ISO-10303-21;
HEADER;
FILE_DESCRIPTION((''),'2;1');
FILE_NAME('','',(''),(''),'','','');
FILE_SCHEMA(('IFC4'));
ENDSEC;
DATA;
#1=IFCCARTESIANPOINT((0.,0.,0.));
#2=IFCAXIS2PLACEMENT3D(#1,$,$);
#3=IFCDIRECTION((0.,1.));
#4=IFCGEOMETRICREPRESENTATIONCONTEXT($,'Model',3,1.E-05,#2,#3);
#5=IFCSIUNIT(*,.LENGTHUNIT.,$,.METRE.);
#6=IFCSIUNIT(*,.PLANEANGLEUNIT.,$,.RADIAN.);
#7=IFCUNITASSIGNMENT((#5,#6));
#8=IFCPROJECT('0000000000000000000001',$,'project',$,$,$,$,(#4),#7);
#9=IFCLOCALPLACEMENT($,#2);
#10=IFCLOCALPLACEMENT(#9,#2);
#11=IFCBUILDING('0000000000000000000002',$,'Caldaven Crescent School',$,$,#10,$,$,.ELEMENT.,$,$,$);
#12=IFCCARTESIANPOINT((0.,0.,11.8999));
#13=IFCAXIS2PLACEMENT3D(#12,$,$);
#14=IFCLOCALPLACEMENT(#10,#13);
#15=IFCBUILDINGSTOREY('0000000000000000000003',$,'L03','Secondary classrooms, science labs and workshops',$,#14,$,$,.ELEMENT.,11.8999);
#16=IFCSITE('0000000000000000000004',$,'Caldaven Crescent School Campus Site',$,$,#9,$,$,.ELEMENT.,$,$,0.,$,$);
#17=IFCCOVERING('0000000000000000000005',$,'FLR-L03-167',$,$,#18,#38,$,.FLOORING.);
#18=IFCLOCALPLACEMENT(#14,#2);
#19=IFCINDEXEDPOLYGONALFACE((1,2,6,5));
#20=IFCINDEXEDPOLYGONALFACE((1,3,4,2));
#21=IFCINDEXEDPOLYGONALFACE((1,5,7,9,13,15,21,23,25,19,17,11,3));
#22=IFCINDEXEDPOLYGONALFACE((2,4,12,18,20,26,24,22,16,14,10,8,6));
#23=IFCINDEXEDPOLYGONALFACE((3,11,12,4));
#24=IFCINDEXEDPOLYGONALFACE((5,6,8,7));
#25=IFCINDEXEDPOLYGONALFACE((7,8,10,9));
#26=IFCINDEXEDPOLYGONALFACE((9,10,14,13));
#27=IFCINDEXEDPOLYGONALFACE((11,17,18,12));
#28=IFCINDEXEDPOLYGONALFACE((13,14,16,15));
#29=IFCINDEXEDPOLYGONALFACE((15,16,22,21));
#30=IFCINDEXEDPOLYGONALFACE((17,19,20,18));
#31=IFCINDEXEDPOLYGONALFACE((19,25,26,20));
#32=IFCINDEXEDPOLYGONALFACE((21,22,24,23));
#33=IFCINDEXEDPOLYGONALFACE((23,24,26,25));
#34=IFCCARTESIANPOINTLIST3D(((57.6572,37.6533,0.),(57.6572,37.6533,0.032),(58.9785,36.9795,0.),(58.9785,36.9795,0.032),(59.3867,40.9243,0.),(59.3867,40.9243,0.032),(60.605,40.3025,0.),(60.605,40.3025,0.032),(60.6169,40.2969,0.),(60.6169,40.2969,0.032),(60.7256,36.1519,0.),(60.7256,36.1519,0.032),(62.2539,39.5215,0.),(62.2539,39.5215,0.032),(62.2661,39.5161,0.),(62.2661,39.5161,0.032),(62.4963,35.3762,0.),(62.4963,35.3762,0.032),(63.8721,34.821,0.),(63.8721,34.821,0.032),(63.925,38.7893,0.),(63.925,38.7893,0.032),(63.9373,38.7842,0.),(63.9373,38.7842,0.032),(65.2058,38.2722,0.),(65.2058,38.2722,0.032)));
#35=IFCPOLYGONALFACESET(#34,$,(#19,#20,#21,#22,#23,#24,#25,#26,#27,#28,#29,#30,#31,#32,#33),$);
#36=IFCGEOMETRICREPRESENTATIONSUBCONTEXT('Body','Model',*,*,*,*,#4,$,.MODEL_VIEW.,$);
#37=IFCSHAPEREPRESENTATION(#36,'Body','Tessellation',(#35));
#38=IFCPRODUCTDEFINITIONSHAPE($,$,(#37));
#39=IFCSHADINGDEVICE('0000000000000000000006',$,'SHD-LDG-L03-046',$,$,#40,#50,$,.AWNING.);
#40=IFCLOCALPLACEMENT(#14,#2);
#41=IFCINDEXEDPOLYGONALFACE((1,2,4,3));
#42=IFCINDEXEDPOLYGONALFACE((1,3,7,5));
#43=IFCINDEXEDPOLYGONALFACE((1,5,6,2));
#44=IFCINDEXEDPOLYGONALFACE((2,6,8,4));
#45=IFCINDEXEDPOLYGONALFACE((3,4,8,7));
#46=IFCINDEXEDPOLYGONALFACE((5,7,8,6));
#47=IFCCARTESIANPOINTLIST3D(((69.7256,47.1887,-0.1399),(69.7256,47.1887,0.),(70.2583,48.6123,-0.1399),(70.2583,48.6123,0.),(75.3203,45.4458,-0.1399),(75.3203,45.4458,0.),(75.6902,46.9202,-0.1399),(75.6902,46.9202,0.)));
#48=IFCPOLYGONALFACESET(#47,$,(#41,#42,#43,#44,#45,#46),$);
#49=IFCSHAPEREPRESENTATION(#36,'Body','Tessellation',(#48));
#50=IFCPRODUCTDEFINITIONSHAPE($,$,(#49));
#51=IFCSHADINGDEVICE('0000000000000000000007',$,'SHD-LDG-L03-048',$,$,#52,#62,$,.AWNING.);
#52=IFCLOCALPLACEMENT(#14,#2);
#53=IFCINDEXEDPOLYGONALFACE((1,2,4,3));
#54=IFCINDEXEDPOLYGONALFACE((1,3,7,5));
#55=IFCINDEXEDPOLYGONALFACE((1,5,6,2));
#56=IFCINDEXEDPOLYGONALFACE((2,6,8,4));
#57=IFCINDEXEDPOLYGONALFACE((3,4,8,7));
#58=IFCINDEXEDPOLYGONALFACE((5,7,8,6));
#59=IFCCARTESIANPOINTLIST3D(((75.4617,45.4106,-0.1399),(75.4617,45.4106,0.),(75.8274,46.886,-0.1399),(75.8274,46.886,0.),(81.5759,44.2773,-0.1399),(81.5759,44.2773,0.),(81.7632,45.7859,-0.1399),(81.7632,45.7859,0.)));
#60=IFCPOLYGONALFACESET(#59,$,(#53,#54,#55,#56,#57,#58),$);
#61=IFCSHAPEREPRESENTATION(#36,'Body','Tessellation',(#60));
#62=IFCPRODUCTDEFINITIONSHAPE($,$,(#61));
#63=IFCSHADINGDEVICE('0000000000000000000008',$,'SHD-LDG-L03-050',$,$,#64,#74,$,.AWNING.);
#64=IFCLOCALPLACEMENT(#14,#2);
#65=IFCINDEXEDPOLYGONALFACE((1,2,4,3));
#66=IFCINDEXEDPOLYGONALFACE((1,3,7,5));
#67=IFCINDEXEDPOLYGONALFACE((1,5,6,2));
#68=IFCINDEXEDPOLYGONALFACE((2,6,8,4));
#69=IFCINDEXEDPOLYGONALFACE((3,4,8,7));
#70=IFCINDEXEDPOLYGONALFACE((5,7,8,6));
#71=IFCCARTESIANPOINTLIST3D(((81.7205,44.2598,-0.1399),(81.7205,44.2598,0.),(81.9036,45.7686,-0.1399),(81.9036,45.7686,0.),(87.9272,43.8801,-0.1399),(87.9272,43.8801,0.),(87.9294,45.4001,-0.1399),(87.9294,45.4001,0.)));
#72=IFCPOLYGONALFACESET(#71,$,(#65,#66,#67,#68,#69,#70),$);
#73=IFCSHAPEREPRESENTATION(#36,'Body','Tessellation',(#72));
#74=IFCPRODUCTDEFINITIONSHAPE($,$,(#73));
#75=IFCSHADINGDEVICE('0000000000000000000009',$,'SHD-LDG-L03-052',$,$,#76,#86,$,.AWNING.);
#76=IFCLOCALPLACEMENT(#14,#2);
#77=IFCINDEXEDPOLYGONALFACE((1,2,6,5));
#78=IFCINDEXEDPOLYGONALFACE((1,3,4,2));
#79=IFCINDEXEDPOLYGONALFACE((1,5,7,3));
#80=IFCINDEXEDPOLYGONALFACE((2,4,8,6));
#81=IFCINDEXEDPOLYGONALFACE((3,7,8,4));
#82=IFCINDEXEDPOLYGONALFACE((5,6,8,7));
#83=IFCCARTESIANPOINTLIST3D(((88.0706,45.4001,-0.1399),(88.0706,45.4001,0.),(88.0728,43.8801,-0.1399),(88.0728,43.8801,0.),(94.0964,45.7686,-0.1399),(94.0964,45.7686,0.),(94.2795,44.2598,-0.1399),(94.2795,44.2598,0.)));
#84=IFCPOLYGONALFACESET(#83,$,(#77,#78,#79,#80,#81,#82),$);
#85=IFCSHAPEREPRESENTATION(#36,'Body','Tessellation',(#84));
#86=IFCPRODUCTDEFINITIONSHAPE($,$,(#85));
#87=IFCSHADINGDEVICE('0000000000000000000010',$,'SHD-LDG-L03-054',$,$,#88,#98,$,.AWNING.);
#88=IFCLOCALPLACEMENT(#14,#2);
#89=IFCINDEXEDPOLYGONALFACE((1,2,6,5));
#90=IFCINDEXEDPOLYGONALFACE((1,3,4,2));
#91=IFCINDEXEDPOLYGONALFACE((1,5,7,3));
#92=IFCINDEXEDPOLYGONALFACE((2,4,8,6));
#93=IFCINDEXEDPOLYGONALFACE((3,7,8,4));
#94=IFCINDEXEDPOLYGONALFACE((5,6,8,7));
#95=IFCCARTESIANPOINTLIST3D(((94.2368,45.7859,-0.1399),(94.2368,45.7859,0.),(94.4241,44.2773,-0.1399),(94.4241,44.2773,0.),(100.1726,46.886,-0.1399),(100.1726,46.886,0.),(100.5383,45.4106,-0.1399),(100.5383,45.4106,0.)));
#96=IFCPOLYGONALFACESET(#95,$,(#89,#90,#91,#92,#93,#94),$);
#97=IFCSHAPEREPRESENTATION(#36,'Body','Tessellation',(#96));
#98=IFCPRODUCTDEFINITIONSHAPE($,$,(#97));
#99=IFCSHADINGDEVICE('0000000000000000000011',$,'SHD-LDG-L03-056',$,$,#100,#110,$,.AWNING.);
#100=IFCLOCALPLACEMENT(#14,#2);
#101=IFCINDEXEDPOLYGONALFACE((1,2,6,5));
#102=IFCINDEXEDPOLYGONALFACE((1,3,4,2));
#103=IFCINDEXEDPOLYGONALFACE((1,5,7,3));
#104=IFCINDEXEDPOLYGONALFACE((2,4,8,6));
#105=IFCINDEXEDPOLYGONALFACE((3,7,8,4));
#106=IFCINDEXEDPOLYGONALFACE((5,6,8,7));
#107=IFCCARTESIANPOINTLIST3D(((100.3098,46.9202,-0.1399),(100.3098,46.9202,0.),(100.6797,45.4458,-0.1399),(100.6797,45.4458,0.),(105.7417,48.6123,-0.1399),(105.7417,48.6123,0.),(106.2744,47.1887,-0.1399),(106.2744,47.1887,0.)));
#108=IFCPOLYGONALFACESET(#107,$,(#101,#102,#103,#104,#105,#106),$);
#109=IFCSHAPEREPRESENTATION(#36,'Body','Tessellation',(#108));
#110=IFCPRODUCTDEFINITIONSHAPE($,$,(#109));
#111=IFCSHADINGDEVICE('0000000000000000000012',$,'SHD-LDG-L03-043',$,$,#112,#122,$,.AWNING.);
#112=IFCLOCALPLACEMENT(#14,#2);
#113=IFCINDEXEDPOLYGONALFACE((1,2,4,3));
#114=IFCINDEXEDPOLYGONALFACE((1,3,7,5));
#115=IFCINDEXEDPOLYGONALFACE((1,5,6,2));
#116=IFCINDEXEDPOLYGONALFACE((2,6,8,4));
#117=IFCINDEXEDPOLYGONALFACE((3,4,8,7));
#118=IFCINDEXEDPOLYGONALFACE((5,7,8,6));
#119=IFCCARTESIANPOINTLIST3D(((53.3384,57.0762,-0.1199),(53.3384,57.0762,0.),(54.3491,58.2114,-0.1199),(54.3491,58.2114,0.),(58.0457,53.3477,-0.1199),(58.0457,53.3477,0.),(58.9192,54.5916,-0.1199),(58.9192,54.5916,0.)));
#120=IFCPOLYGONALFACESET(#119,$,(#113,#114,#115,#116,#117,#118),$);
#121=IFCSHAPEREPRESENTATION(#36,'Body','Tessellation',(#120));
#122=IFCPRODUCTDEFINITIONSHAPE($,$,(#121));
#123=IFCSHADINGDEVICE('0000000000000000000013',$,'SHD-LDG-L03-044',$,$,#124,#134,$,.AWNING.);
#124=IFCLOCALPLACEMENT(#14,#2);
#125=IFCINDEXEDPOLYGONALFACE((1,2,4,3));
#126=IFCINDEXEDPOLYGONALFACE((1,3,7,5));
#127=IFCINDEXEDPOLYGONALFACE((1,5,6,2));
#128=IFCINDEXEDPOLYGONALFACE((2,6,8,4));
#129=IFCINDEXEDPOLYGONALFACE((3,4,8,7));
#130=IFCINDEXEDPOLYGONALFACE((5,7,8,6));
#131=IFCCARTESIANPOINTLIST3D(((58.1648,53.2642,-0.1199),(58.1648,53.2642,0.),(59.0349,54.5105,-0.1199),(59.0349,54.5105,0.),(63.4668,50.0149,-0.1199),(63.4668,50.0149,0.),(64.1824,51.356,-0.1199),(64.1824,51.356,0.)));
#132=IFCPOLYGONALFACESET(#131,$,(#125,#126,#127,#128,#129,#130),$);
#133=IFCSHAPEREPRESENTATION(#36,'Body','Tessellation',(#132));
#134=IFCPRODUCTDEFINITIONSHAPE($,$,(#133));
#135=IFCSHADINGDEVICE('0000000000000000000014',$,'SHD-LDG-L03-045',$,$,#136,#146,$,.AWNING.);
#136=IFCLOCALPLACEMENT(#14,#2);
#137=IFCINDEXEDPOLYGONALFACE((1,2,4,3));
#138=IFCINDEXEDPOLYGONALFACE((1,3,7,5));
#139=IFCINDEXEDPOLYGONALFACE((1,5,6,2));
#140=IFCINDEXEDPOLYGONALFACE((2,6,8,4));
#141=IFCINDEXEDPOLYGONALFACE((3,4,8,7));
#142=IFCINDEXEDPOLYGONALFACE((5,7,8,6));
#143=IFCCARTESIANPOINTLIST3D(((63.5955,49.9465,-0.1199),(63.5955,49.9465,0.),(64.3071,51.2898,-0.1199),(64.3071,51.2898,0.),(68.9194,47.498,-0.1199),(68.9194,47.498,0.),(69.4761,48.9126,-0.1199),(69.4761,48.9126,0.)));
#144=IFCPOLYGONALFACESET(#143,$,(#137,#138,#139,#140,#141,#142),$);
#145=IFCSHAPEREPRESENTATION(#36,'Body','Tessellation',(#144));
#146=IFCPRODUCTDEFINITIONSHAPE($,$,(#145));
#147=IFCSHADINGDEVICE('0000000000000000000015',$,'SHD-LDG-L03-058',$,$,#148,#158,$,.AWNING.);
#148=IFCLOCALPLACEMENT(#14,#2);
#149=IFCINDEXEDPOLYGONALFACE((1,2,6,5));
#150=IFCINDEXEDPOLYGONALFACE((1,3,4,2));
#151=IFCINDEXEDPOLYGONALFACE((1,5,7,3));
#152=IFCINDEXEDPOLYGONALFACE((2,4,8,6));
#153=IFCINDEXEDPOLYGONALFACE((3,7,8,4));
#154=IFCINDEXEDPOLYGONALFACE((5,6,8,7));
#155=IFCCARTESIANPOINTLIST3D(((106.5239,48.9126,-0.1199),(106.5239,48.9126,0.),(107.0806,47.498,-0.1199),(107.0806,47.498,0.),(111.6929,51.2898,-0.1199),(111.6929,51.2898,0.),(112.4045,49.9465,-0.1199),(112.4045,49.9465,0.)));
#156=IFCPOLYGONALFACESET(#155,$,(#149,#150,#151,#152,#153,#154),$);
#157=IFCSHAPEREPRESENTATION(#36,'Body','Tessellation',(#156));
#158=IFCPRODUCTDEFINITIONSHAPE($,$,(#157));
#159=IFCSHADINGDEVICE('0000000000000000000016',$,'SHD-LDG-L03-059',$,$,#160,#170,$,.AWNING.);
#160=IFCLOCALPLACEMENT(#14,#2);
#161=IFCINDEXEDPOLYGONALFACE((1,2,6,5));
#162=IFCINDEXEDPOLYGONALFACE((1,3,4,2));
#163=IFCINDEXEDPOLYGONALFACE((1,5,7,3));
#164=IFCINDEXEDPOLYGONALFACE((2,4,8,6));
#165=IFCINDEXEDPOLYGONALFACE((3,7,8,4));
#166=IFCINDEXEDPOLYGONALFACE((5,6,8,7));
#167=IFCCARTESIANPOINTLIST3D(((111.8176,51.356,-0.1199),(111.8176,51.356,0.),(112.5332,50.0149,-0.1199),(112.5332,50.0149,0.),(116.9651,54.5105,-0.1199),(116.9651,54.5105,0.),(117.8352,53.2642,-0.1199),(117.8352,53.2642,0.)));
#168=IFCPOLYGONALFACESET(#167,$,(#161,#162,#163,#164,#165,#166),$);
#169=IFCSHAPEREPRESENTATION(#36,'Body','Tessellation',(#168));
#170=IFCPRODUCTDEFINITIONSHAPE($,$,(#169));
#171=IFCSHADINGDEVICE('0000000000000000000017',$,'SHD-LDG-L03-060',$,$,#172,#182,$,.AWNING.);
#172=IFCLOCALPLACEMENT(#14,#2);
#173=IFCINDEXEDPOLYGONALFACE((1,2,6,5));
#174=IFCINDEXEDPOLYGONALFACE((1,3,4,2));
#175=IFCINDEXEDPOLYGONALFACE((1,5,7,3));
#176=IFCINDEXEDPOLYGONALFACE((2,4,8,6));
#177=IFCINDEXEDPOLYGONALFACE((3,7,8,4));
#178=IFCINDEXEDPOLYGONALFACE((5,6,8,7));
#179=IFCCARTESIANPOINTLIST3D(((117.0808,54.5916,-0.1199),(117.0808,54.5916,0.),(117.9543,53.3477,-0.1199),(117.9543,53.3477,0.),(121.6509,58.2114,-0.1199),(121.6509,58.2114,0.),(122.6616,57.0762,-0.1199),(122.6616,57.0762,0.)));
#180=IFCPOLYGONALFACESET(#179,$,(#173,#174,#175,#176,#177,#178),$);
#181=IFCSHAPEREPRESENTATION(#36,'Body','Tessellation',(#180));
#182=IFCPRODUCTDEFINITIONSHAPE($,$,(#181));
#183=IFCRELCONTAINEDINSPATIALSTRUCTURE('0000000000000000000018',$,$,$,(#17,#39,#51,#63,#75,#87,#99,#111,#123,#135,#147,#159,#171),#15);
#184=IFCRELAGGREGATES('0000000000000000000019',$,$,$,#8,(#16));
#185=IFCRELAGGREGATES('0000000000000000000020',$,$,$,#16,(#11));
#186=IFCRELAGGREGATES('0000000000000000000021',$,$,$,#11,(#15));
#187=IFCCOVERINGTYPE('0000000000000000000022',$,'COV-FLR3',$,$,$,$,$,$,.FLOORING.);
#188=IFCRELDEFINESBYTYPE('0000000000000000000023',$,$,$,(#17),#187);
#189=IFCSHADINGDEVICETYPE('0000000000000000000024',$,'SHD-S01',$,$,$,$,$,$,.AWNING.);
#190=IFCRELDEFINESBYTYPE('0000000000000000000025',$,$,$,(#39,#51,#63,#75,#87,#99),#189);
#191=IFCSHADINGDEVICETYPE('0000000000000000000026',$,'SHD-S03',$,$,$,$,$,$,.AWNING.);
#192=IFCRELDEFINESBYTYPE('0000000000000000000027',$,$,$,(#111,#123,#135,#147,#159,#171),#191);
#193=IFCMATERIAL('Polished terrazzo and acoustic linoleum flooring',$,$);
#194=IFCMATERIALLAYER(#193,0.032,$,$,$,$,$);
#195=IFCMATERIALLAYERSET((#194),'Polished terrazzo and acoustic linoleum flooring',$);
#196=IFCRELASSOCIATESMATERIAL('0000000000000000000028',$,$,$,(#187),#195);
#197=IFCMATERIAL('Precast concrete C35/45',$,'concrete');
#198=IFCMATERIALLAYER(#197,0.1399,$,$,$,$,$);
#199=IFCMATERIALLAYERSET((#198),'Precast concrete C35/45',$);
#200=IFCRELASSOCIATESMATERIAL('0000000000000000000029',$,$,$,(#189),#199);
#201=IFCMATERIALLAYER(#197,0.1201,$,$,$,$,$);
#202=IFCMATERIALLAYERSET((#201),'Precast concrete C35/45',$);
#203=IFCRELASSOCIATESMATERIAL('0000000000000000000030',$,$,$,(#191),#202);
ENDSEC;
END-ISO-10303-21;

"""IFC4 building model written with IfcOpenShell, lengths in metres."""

from ifc_helpers import new_model, si_unit, direction, frame, origin, place, context, subcontext, project, spatial, polyline, outline, extrude, material, layer, layer_set, type_object, element, save


model = new_model("IFC4")

# Units and contexts
model_context = context("Model", 3, precision=1e-05, world=origin(), true_north=direction((0.0, 1.0)))
body_context = subcontext(model_context, "Body", "Model", "MODEL_VIEW")
ifc_project = project(units=[si_unit("LENGTHUNIT", "METRE"), si_unit("PLANEANGLEUNIT", "RADIAN")], contexts=[model_context])

# Site, building, storey
site_placement = place(None, origin())
site = spatial("IfcSite", under=ifc_project, at=site_placement, Name="Caldaven Crescent School Campus Site", CompositionType="ELEMENT", RefElevation=0.0)
building_placement = place(site_placement, origin())
building = spatial("IfcBuilding", under=site, at=building_placement, Name="Caldaven Crescent School", CompositionType="ELEMENT")
storey_placement = place(building_placement, frame((0.0, 0.0, 11.8999)))
storey = spatial("IfcBuildingStorey", under=building, at=storey_placement, Name="L03", Description="Secondary classrooms, science labs and workshops", CompositionType="ELEMENT", Elevation=11.8999)

# Covering
ifc_material_1 = material(Name="Polished terrazzo and acoustic linoleum flooring")
ifc_layer_1 = layer(ifc_material_1, 0.032)
ifc_layer_set_1 = layer_set([ifc_layer_1], Name="Polished terrazzo and acoustic linoleum flooring")
covering_type_1 = type_object("IfcCoveringType", Name="COV-FLR3", PredefinedType="FLOORING", material=ifc_layer_set_1)
covering_1_placement = place(storey_placement, origin())
element("IfcCovering", 1, at=covering_1_placement, inside=storey, type_object=covering_type_1, Name="FLR-L03-167", PredefinedType="FLOORING", context=body_context, shape_type="SweptSolid", body=[
    extrude(outline(polyline([(59.3867, 40.9243), (60.605, 40.3025), (60.6169, 40.2969), (62.2539, 39.5215), (62.2661, 39.5161), (63.925, 38.7893), (63.9373, 38.7842), (65.2058, 38.2722), (63.8721, 34.821), (62.4963, 35.3762), (60.7256, 36.1519), (58.9785, 36.9795), (57.6572, 37.6533), (59.3867, 40.9243)])), origin(), (0.0, 0.0, 1.0), 0.032),
])

# Shading devices
ifc_material_2 = material(Name="Precast concrete C35/45", Category="concrete")
ifc_layer_2 = layer(ifc_material_2, 0.1399)
ifc_layer_set_2 = layer_set([ifc_layer_2], Name="Precast concrete C35/45")
shading_device_type_1 = type_object("IfcShadingDeviceType", Name="SHD-S01", PredefinedType="AWNING", material=ifc_layer_set_2)
shading_device_1_placement = place(storey_placement, frame((0.0, 0.0, -0.1399)))
element("IfcShadingDevice", 2, at=shading_device_1_placement, inside=storey, type_object=shading_device_type_1, Name="SHD-LDG-L03-046", PredefinedType="AWNING", context=body_context, shape_type="SweptSolid", body=[
    extrude(outline(polyline([(70.2583, 48.6123), (75.6902, 46.9202), (75.3203, 45.4458), (69.7256, 47.1887), (70.2583, 48.6123)])), origin(), (0.0, 0.0, 1.0), 0.1399),
])
shading_device_2_placement = place(storey_placement, frame((0.0, 0.0, -0.1399)))
element("IfcShadingDevice", 3, at=shading_device_2_placement, inside=storey, type_object=shading_device_type_1, Name="SHD-LDG-L03-048", PredefinedType="AWNING", context=body_context, shape_type="SweptSolid", body=[
    extrude(outline(polyline([(75.8274, 46.886), (81.7632, 45.7859), (81.5759, 44.2773), (75.4617, 45.4106), (75.8274, 46.886)])), origin(), (0.0, 0.0, 1.0), 0.1399),
])
shading_device_3_placement = place(storey_placement, frame((0.0, 0.0, -0.1399)))
element("IfcShadingDevice", 4, at=shading_device_3_placement, inside=storey, type_object=shading_device_type_1, Name="SHD-LDG-L03-050", PredefinedType="AWNING", context=body_context, shape_type="SweptSolid", body=[
    extrude(outline(polyline([(81.9036, 45.7686), (87.9294, 45.4001), (87.9272, 43.8801), (81.7205, 44.2598), (81.9036, 45.7686)])), origin(), (0.0, 0.0, 1.0), 0.1399),
])
shading_device_4_placement = place(storey_placement, frame((0.0, 0.0, -0.1399)))
element("IfcShadingDevice", 5, at=shading_device_4_placement, inside=storey, type_object=shading_device_type_1, Name="SHD-LDG-L03-052", PredefinedType="AWNING", context=body_context, shape_type="SweptSolid", body=[
    extrude(outline(polyline([(88.0706, 45.4001), (94.0964, 45.7686), (94.2795, 44.2598), (88.0728, 43.8801), (88.0706, 45.4001)])), origin(), (0.0, 0.0, 1.0), 0.1399),
])
shading_device_5_placement = place(storey_placement, frame((0.0, 0.0, -0.1399)))
element("IfcShadingDevice", 6, at=shading_device_5_placement, inside=storey, type_object=shading_device_type_1, Name="SHD-LDG-L03-054", PredefinedType="AWNING", context=body_context, shape_type="SweptSolid", body=[
    extrude(outline(polyline([(94.2368, 45.7859), (100.1726, 46.886), (100.5383, 45.4106), (94.4241, 44.2773), (94.2368, 45.7859)])), origin(), (0.0, 0.0, 1.0), 0.1399),
])
shading_device_6_placement = place(storey_placement, frame((0.0, 0.0, -0.1399)))
element("IfcShadingDevice", 7, at=shading_device_6_placement, inside=storey, type_object=shading_device_type_1, Name="SHD-LDG-L03-056", PredefinedType="AWNING", context=body_context, shape_type="SweptSolid", body=[
    extrude(outline(polyline([(100.3098, 46.9202), (105.7417, 48.6123), (106.2744, 47.1887), (100.6797, 45.4458), (100.3098, 46.9202)])), origin(), (0.0, 0.0, 1.0), 0.1399),
])
ifc_layer_3 = layer(ifc_material_2, 0.1201)
ifc_layer_set_3 = layer_set([ifc_layer_3], Name="Precast concrete C35/45")
shading_device_type_2 = type_object("IfcShadingDeviceType", Name="SHD-S03", PredefinedType="AWNING", material=ifc_layer_set_3)
shading_device_7_placement = place(storey_placement, frame((0.0, 0.0, -0.1199)))
element("IfcShadingDevice", 8, at=shading_device_7_placement, inside=storey, type_object=shading_device_type_2, Name="SHD-LDG-L03-043", PredefinedType="AWNING", context=body_context, shape_type="SweptSolid", body=[
    extrude(outline(polyline([(54.3491, 58.2114), (58.9192, 54.5916), (58.0457, 53.3477), (53.3384, 57.0762), (54.3491, 58.2114)])), origin(), (0.0, 0.0, 1.0), 0.1199),
])
shading_device_8_placement = place(storey_placement, frame((0.0, 0.0, -0.1199)))
element("IfcShadingDevice", 9, at=shading_device_8_placement, inside=storey, type_object=shading_device_type_2, Name="SHD-LDG-L03-044", PredefinedType="AWNING", context=body_context, shape_type="SweptSolid", body=[
    extrude(outline(polyline([(59.0349, 54.5105), (64.1824, 51.356), (63.4668, 50.0149), (58.1648, 53.2642), (59.0349, 54.5105)])), origin(), (0.0, 0.0, 1.0), 0.1199),
])
shading_device_9_placement = place(storey_placement, frame((0.0, 0.0, -0.1199)))
element("IfcShadingDevice", 10, at=shading_device_9_placement, inside=storey, type_object=shading_device_type_2, Name="SHD-LDG-L03-045", PredefinedType="AWNING", context=body_context, shape_type="SweptSolid", body=[
    extrude(outline(polyline([(64.3071, 51.2898), (69.4761, 48.9126), (68.9194, 47.498), (63.5955, 49.9465), (64.3071, 51.2898)])), origin(), (0.0, 0.0, 1.0), 0.1199),
])
shading_device_10_placement = place(storey_placement, frame((0.0, 0.0, -0.1199)))
element("IfcShadingDevice", 11, at=shading_device_10_placement, inside=storey, type_object=shading_device_type_2, Name="SHD-LDG-L03-058", PredefinedType="AWNING", context=body_context, shape_type="SweptSolid", body=[
    extrude(outline(polyline([(106.5239, 48.9126), (111.6929, 51.2898), (112.4045, 49.9465), (107.0806, 47.498), (106.5239, 48.9126)])), origin(), (0.0, 0.0, 1.0), 0.1199),
])
shading_device_11_placement = place(storey_placement, frame((0.0, 0.0, -0.1199)))
element("IfcShadingDevice", 12, at=shading_device_11_placement, inside=storey, type_object=shading_device_type_2, Name="SHD-LDG-L03-059", PredefinedType="AWNING", context=body_context, shape_type="SweptSolid", body=[
    extrude(outline(polyline([(111.8176, 51.356), (116.9651, 54.5105), (117.8352, 53.2642), (112.5332, 50.0149), (111.8176, 51.356)])), origin(), (0.0, 0.0, 1.0), 0.1199),
])
shading_device_12_placement = place(storey_placement, frame((0.0, 0.0, -0.1199)))
element("IfcShadingDevice", 13, at=shading_device_12_placement, inside=storey, type_object=shading_device_type_2, Name="SHD-LDG-L03-060", PredefinedType="AWNING", context=body_context, shape_type="SweptSolid", body=[
    extrude(outline(polyline([(117.0808, 54.5916), (121.6509, 58.2114), (122.6616, 57.0762), (117.9543, 53.3477), (117.0808, 54.5916)])), origin(), (0.0, 0.0, 1.0), 0.1199),
])

save(model, "model.ifc")
